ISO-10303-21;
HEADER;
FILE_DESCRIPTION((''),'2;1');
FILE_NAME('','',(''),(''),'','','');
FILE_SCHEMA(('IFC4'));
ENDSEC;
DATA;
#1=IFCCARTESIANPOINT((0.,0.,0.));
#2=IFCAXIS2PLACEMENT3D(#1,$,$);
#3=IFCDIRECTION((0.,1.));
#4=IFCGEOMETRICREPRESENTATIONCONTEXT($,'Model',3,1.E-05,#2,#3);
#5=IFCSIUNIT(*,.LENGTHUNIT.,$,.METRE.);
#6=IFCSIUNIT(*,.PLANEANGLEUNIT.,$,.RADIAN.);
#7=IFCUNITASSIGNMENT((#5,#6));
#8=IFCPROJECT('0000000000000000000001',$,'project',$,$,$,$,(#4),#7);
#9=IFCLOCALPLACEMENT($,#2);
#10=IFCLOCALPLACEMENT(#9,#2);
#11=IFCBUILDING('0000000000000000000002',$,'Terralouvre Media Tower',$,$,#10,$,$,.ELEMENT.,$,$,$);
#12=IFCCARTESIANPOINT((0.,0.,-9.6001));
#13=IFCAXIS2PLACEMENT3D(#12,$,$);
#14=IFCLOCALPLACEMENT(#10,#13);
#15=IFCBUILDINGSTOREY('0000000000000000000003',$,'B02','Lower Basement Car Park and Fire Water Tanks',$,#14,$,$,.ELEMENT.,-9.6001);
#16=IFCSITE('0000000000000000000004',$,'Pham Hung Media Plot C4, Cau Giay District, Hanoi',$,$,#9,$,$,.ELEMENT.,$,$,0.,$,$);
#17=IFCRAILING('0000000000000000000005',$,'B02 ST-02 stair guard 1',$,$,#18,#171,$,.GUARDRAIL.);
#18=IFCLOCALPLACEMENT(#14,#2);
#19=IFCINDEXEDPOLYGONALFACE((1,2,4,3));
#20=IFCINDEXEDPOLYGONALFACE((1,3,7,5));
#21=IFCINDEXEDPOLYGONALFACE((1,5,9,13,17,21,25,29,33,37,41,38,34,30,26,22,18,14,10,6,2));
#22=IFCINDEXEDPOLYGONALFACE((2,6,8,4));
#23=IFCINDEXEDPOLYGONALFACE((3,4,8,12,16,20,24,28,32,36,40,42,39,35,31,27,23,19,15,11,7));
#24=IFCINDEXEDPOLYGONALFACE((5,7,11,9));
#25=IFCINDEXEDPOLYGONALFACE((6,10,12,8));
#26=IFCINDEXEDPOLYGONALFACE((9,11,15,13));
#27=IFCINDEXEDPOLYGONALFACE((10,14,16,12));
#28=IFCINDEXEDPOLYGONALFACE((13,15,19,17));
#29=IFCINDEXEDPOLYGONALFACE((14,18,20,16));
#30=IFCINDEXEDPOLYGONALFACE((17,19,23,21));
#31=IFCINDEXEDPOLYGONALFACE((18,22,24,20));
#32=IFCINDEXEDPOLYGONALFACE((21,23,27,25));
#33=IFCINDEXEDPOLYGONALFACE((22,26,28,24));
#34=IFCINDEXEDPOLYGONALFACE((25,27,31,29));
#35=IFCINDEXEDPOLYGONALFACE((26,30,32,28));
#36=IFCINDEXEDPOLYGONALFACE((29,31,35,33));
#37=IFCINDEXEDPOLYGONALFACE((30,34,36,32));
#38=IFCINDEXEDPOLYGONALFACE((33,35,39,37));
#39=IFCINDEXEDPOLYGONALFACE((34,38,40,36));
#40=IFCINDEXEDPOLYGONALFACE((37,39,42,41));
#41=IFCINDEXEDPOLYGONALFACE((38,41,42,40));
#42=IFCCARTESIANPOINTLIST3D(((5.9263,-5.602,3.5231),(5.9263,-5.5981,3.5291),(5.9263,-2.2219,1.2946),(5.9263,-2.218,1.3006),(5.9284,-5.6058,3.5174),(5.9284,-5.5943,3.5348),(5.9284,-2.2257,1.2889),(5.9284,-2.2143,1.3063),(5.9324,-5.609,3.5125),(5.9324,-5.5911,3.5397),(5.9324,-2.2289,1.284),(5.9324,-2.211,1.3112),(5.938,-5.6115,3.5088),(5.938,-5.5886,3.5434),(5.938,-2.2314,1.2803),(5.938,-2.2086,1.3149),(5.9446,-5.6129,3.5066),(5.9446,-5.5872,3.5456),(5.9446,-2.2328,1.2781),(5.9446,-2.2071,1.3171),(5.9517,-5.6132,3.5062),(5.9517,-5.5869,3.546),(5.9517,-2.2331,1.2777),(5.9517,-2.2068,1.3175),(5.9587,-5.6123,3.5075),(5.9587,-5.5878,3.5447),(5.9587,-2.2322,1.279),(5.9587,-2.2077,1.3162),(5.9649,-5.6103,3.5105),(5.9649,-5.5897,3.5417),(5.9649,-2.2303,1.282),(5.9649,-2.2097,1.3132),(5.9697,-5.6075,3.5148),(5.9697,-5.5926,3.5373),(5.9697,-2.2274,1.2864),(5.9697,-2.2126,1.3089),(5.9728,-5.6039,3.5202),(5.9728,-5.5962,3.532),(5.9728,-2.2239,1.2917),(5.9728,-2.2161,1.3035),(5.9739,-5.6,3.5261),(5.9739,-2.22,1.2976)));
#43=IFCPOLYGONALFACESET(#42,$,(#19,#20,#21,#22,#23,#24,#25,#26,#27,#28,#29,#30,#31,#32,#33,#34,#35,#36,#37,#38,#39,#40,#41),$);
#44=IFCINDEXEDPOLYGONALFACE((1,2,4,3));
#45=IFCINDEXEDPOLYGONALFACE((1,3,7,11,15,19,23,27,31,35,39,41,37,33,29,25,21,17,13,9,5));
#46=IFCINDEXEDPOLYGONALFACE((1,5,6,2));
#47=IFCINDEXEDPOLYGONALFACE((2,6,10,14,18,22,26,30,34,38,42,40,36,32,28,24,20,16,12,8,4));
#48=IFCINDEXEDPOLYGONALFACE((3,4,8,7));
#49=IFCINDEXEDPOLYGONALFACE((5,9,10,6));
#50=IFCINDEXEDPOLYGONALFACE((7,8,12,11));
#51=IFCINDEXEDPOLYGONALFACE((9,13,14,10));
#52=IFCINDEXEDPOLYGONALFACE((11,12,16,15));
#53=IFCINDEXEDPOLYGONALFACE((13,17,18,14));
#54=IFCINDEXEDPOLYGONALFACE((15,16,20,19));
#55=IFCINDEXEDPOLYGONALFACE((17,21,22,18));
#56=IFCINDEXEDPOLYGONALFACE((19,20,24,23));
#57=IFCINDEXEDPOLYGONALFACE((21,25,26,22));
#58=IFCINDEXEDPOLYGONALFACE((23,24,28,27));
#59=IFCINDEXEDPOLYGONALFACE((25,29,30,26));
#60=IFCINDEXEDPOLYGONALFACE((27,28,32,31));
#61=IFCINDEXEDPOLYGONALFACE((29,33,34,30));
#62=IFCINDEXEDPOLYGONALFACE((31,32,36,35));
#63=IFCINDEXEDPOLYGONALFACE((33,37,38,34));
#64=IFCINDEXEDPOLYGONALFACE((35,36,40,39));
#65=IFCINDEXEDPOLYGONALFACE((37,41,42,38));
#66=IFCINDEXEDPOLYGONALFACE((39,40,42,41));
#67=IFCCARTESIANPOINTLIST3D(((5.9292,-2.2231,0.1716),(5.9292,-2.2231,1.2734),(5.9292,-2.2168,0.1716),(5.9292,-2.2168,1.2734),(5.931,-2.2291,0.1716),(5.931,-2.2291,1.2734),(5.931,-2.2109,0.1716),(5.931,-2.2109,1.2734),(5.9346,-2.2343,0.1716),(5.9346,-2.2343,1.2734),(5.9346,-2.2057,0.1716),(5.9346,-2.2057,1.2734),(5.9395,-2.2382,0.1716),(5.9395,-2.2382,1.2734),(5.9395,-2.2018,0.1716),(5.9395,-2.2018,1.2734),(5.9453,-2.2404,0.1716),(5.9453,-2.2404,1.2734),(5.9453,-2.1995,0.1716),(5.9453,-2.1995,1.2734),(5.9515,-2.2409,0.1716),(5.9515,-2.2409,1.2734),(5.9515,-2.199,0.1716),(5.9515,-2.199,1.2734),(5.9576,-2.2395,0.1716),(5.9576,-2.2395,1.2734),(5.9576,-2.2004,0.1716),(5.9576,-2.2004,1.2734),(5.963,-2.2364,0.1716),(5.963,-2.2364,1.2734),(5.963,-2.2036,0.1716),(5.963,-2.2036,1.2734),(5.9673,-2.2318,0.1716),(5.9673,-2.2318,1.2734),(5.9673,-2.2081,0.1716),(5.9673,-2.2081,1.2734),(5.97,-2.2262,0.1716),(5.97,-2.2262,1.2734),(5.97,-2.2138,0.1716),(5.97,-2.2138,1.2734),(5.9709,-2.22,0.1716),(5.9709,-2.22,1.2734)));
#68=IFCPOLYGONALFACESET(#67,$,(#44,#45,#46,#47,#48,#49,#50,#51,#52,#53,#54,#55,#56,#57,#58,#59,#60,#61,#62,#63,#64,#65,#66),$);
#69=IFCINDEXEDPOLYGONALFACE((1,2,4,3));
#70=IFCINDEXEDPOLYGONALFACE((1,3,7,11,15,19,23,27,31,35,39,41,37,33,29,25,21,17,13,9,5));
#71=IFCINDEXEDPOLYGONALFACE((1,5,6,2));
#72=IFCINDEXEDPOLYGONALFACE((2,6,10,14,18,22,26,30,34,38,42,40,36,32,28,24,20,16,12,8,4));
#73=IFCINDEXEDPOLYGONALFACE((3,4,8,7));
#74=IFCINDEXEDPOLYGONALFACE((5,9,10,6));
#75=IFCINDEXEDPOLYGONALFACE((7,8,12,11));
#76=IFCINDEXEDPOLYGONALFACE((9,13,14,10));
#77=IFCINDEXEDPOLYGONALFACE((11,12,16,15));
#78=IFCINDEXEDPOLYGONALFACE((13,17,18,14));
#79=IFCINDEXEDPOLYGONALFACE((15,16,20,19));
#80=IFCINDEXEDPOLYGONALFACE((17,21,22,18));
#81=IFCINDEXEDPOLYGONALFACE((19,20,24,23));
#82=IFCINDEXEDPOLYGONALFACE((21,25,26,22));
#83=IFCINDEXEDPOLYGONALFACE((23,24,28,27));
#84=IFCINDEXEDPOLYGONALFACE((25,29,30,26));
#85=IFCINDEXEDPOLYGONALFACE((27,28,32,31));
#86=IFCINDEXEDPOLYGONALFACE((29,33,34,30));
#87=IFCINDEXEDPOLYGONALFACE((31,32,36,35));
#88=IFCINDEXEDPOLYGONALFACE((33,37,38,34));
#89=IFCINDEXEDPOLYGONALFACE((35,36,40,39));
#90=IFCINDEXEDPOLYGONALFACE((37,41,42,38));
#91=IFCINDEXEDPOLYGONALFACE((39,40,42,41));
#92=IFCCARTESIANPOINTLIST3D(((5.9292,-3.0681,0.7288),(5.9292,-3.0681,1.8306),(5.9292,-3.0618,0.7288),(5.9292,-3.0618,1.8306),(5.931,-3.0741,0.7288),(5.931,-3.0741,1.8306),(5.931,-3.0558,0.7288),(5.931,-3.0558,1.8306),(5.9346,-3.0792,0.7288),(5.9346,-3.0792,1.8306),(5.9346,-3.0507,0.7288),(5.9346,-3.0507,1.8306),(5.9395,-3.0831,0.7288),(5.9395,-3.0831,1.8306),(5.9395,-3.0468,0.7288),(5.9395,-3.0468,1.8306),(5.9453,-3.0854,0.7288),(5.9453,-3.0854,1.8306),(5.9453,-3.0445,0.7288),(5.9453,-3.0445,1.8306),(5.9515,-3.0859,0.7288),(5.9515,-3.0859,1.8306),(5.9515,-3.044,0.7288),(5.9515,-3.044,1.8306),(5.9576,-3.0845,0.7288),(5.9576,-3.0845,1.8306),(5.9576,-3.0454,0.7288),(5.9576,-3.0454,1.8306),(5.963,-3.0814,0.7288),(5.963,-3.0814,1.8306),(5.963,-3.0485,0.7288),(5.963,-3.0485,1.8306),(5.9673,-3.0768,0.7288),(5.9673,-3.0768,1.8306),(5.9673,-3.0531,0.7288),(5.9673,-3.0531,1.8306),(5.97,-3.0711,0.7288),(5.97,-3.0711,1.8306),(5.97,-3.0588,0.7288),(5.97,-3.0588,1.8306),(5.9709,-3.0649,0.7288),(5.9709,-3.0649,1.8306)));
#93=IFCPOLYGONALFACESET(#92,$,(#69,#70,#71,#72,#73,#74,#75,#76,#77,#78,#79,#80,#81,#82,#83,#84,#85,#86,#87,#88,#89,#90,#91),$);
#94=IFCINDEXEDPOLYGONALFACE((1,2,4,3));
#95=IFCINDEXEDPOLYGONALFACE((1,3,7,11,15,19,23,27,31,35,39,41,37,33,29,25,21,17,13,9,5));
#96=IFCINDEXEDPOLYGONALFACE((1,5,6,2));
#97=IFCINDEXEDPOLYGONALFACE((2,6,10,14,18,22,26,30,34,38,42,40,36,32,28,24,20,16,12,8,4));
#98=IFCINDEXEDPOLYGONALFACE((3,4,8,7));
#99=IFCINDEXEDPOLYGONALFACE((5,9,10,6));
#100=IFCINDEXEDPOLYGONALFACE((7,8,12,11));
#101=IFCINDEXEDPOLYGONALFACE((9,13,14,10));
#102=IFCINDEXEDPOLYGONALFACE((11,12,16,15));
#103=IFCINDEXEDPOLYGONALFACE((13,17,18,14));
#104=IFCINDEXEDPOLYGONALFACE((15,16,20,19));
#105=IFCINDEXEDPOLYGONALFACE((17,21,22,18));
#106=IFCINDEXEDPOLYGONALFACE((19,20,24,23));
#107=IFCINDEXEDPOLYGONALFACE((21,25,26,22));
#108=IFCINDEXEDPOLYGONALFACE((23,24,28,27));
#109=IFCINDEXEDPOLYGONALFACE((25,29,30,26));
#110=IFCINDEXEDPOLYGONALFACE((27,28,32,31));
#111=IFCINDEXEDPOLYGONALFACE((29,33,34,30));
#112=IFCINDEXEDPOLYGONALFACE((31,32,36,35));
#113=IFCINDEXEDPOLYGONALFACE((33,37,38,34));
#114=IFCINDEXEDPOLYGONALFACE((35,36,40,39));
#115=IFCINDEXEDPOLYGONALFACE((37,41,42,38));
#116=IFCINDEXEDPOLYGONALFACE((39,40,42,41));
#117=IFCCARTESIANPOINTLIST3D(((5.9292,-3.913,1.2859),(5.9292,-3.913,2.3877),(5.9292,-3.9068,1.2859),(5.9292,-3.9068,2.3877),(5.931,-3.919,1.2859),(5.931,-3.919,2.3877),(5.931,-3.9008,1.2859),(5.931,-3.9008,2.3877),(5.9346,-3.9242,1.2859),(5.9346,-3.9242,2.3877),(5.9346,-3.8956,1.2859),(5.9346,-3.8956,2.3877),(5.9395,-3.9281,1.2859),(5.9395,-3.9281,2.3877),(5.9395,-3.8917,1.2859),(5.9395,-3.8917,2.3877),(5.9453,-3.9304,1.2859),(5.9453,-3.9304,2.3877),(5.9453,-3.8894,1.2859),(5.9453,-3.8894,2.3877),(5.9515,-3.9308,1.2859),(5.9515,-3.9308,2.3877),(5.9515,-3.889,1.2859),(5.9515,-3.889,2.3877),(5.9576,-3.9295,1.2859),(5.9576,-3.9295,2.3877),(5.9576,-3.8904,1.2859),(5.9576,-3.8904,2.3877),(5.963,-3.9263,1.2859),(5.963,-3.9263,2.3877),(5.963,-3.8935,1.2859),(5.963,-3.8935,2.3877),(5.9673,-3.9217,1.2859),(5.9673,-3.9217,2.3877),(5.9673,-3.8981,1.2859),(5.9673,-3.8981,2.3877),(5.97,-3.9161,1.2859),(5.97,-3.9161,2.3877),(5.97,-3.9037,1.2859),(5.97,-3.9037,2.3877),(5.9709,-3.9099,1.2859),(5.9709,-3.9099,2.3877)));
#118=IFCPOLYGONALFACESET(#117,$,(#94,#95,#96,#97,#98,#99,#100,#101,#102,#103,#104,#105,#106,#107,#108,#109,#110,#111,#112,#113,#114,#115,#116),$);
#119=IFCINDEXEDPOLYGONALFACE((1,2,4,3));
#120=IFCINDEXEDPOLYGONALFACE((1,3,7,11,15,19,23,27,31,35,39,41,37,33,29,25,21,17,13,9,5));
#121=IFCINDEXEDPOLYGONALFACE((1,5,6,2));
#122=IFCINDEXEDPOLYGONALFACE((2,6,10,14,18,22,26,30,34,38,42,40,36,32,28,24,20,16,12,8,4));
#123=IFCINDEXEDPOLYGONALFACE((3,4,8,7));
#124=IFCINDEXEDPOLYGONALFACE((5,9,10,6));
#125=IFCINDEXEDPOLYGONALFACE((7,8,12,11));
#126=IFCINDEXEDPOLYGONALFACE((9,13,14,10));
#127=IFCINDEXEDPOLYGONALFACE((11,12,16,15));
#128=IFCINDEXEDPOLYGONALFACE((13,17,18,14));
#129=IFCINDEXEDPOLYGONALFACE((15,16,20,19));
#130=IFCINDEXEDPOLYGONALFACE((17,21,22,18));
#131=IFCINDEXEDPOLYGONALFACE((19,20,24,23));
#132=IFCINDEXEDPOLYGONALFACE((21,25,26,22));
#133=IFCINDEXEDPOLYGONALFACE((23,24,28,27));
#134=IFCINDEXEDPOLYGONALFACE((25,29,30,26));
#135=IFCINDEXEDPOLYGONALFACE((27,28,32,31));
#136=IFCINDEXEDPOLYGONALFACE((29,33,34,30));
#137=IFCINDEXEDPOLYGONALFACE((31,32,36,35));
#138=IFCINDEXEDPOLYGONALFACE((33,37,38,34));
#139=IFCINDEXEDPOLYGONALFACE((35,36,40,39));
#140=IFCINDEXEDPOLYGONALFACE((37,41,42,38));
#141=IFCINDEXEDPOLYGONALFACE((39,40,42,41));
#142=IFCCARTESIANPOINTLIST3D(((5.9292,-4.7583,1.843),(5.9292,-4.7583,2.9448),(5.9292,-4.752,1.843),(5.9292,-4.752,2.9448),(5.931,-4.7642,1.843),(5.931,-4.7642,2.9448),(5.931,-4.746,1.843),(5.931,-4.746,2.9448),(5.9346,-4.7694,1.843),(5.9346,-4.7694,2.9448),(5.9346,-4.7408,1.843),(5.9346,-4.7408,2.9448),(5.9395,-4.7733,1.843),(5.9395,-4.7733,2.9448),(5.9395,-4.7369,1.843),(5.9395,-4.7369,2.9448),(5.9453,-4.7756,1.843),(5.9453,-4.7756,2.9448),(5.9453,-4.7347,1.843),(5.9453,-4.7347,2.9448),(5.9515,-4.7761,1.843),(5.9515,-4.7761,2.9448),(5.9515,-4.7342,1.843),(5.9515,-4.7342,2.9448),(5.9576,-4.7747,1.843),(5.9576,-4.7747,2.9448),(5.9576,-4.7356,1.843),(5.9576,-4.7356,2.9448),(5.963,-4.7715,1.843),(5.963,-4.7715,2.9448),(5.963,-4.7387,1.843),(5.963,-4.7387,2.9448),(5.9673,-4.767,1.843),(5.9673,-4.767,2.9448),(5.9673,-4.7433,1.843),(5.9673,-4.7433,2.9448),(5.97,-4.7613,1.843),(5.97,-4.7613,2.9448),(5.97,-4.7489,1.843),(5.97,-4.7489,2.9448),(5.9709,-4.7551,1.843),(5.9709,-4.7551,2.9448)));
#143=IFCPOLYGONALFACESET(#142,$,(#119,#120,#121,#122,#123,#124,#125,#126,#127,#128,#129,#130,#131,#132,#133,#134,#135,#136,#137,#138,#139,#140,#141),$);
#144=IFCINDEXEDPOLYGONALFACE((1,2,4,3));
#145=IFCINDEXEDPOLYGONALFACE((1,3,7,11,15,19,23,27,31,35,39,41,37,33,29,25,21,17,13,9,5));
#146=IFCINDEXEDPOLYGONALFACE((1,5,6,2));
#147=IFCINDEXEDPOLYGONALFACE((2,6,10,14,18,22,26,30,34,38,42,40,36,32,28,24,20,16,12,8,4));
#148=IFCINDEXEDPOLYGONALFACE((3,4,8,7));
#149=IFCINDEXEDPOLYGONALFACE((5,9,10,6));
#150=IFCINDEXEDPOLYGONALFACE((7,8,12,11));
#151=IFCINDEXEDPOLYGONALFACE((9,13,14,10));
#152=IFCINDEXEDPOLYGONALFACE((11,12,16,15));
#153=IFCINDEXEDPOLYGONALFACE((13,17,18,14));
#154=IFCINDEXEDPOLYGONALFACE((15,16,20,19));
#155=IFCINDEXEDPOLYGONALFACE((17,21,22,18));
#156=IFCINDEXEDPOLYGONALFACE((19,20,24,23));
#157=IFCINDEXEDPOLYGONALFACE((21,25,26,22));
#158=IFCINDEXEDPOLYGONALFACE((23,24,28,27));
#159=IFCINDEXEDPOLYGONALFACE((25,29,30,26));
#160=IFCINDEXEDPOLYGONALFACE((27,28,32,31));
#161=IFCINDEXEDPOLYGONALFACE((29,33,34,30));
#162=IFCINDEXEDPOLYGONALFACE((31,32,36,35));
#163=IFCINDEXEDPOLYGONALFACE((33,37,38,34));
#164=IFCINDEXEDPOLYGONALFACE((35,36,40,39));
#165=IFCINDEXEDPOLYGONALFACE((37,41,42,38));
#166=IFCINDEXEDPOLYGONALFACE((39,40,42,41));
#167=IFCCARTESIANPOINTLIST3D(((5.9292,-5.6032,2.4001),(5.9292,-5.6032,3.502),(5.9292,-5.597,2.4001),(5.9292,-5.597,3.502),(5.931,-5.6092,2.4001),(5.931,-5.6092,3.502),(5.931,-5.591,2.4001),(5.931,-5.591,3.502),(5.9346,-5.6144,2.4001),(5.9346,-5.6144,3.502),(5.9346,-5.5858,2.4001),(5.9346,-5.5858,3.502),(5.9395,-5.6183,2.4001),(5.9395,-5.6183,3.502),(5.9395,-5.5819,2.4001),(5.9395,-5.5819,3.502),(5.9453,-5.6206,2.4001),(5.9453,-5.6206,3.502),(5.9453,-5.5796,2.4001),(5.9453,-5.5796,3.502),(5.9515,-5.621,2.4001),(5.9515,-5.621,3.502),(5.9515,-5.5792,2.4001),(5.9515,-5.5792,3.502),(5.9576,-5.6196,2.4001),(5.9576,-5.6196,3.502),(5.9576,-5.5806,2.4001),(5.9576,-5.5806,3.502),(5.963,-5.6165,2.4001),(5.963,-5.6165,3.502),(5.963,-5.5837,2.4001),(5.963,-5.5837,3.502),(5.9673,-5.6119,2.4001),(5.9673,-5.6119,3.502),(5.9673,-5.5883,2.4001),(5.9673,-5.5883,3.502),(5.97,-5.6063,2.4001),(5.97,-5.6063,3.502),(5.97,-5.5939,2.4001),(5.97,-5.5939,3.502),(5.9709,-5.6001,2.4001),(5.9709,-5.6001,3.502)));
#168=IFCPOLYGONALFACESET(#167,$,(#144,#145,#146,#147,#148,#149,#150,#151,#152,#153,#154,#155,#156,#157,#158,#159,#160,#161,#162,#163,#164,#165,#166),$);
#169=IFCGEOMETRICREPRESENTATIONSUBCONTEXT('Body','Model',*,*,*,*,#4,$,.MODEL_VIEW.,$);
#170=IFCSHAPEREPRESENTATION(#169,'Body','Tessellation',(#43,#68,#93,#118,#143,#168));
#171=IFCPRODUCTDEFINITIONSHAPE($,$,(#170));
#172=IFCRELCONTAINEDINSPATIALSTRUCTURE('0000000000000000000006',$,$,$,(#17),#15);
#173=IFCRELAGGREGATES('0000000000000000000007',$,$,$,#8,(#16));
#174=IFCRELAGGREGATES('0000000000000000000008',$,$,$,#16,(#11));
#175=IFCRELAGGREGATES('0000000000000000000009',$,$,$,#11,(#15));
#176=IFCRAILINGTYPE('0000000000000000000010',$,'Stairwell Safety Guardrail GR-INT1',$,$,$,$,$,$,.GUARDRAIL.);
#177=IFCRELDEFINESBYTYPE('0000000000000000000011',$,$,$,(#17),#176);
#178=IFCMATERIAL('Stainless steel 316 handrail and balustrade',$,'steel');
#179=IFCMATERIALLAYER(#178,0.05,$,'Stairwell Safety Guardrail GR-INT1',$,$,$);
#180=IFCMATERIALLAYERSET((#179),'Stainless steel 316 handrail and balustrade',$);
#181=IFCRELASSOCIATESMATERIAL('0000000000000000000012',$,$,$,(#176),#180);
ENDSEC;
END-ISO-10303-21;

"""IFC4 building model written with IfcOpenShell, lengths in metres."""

from ifc_helpers import new_model, si_unit, direction, frame, origin, origin_2d, place, context, subcontext, project, spatial, circle, extrude, material, layer, layer_set, type_object, element, save


model = new_model("IFC4")

# Units and contexts
model_context = context("Model", 3, precision=1e-05, world=origin(), true_north=direction((0.0, 1.0)))
body_context = subcontext(model_context, "Body", "Model", "MODEL_VIEW")
ifc_project = project(units=[si_unit("LENGTHUNIT", "METRE"), si_unit("PLANEANGLEUNIT", "RADIAN")], contexts=[model_context])

# Site, building, storey
site_placement = place(None, origin())
site = spatial("IfcSite", under=ifc_project, at=site_placement, Name="Pham Hung Media Plot C4, Cau Giay District, Hanoi", CompositionType="ELEMENT", RefElevation=0.0)
building_placement = place(site_placement, origin())
building = spatial("IfcBuilding", under=site, at=building_placement, Name="Terralouvre Media Tower", CompositionType="ELEMENT")
storey_placement = place(building_placement, frame((0.0, 0.0, -9.6001)))
storey = spatial("IfcBuildingStorey", under=building, at=storey_placement, Name="B02", Description="Lower Basement Car Park and Fire Water Tanks", CompositionType="ELEMENT", Elevation=-9.6001)

# Railing
ifc_material_1 = material(Name="Stainless steel 316 handrail and balustrade", Category="steel")
ifc_layer_1 = layer(ifc_material_1, 0.05, Name="Stairwell Safety Guardrail GR-INT1")
ifc_layer_set_1 = layer_set([ifc_layer_1], Name="Stainless steel 316 handrail and balustrade")
railing_type_1 = type_object("IfcRailingType", Name="Stairwell Safety Guardrail GR-INT1", PredefinedType="GUARDRAIL", material=ifc_layer_set_1)
railing_1_placement = place(storey_placement, frame((5.95, -2.22, 0.1716)))
element("IfcRailing", 1, at=railing_1_placement, inside=storey, type_object=railing_type_1, Name="B02 ST-02 stair guard 1", PredefinedType="GUARDRAIL", context=body_context, shape_type="SweptSolid", body=[
    extrude(circle(Radius=0.0239, at=origin_2d()), frame((0.0, 0.0, 1.126), z_axis=(0.0, -0.834878, 0.550435), x_axis=(1.0, 0.0, 0.0)), (0.0, 0.0, 1.0), 4.0486),
    extrude(circle(Radius=0.021, at=origin_2d()), origin(), (0.0, 0.0, 1.0), 1.1018),
    extrude(circle(Radius=0.021, at=origin_2d()), frame((0.0, -0.845, 0.5571)), (0.0, 0.0, 1.0), 1.1018),
    extrude(circle(Radius=0.021, at=origin_2d()), frame((0.0, -1.6899, 1.1143)), (0.0, 0.0, 1.0), 1.1018),
    extrude(circle(Radius=0.021, at=origin_2d()), frame((0.0, -2.5352, 1.6714)), (0.0, 0.0, 1.0), 1.1018),
    extrude(circle(Radius=0.021, at=origin_2d()), frame((0.0, -3.3801, 2.2285)), (0.0, 0.0, 1.0), 1.1018),
])

save(model, "model.ifc")
